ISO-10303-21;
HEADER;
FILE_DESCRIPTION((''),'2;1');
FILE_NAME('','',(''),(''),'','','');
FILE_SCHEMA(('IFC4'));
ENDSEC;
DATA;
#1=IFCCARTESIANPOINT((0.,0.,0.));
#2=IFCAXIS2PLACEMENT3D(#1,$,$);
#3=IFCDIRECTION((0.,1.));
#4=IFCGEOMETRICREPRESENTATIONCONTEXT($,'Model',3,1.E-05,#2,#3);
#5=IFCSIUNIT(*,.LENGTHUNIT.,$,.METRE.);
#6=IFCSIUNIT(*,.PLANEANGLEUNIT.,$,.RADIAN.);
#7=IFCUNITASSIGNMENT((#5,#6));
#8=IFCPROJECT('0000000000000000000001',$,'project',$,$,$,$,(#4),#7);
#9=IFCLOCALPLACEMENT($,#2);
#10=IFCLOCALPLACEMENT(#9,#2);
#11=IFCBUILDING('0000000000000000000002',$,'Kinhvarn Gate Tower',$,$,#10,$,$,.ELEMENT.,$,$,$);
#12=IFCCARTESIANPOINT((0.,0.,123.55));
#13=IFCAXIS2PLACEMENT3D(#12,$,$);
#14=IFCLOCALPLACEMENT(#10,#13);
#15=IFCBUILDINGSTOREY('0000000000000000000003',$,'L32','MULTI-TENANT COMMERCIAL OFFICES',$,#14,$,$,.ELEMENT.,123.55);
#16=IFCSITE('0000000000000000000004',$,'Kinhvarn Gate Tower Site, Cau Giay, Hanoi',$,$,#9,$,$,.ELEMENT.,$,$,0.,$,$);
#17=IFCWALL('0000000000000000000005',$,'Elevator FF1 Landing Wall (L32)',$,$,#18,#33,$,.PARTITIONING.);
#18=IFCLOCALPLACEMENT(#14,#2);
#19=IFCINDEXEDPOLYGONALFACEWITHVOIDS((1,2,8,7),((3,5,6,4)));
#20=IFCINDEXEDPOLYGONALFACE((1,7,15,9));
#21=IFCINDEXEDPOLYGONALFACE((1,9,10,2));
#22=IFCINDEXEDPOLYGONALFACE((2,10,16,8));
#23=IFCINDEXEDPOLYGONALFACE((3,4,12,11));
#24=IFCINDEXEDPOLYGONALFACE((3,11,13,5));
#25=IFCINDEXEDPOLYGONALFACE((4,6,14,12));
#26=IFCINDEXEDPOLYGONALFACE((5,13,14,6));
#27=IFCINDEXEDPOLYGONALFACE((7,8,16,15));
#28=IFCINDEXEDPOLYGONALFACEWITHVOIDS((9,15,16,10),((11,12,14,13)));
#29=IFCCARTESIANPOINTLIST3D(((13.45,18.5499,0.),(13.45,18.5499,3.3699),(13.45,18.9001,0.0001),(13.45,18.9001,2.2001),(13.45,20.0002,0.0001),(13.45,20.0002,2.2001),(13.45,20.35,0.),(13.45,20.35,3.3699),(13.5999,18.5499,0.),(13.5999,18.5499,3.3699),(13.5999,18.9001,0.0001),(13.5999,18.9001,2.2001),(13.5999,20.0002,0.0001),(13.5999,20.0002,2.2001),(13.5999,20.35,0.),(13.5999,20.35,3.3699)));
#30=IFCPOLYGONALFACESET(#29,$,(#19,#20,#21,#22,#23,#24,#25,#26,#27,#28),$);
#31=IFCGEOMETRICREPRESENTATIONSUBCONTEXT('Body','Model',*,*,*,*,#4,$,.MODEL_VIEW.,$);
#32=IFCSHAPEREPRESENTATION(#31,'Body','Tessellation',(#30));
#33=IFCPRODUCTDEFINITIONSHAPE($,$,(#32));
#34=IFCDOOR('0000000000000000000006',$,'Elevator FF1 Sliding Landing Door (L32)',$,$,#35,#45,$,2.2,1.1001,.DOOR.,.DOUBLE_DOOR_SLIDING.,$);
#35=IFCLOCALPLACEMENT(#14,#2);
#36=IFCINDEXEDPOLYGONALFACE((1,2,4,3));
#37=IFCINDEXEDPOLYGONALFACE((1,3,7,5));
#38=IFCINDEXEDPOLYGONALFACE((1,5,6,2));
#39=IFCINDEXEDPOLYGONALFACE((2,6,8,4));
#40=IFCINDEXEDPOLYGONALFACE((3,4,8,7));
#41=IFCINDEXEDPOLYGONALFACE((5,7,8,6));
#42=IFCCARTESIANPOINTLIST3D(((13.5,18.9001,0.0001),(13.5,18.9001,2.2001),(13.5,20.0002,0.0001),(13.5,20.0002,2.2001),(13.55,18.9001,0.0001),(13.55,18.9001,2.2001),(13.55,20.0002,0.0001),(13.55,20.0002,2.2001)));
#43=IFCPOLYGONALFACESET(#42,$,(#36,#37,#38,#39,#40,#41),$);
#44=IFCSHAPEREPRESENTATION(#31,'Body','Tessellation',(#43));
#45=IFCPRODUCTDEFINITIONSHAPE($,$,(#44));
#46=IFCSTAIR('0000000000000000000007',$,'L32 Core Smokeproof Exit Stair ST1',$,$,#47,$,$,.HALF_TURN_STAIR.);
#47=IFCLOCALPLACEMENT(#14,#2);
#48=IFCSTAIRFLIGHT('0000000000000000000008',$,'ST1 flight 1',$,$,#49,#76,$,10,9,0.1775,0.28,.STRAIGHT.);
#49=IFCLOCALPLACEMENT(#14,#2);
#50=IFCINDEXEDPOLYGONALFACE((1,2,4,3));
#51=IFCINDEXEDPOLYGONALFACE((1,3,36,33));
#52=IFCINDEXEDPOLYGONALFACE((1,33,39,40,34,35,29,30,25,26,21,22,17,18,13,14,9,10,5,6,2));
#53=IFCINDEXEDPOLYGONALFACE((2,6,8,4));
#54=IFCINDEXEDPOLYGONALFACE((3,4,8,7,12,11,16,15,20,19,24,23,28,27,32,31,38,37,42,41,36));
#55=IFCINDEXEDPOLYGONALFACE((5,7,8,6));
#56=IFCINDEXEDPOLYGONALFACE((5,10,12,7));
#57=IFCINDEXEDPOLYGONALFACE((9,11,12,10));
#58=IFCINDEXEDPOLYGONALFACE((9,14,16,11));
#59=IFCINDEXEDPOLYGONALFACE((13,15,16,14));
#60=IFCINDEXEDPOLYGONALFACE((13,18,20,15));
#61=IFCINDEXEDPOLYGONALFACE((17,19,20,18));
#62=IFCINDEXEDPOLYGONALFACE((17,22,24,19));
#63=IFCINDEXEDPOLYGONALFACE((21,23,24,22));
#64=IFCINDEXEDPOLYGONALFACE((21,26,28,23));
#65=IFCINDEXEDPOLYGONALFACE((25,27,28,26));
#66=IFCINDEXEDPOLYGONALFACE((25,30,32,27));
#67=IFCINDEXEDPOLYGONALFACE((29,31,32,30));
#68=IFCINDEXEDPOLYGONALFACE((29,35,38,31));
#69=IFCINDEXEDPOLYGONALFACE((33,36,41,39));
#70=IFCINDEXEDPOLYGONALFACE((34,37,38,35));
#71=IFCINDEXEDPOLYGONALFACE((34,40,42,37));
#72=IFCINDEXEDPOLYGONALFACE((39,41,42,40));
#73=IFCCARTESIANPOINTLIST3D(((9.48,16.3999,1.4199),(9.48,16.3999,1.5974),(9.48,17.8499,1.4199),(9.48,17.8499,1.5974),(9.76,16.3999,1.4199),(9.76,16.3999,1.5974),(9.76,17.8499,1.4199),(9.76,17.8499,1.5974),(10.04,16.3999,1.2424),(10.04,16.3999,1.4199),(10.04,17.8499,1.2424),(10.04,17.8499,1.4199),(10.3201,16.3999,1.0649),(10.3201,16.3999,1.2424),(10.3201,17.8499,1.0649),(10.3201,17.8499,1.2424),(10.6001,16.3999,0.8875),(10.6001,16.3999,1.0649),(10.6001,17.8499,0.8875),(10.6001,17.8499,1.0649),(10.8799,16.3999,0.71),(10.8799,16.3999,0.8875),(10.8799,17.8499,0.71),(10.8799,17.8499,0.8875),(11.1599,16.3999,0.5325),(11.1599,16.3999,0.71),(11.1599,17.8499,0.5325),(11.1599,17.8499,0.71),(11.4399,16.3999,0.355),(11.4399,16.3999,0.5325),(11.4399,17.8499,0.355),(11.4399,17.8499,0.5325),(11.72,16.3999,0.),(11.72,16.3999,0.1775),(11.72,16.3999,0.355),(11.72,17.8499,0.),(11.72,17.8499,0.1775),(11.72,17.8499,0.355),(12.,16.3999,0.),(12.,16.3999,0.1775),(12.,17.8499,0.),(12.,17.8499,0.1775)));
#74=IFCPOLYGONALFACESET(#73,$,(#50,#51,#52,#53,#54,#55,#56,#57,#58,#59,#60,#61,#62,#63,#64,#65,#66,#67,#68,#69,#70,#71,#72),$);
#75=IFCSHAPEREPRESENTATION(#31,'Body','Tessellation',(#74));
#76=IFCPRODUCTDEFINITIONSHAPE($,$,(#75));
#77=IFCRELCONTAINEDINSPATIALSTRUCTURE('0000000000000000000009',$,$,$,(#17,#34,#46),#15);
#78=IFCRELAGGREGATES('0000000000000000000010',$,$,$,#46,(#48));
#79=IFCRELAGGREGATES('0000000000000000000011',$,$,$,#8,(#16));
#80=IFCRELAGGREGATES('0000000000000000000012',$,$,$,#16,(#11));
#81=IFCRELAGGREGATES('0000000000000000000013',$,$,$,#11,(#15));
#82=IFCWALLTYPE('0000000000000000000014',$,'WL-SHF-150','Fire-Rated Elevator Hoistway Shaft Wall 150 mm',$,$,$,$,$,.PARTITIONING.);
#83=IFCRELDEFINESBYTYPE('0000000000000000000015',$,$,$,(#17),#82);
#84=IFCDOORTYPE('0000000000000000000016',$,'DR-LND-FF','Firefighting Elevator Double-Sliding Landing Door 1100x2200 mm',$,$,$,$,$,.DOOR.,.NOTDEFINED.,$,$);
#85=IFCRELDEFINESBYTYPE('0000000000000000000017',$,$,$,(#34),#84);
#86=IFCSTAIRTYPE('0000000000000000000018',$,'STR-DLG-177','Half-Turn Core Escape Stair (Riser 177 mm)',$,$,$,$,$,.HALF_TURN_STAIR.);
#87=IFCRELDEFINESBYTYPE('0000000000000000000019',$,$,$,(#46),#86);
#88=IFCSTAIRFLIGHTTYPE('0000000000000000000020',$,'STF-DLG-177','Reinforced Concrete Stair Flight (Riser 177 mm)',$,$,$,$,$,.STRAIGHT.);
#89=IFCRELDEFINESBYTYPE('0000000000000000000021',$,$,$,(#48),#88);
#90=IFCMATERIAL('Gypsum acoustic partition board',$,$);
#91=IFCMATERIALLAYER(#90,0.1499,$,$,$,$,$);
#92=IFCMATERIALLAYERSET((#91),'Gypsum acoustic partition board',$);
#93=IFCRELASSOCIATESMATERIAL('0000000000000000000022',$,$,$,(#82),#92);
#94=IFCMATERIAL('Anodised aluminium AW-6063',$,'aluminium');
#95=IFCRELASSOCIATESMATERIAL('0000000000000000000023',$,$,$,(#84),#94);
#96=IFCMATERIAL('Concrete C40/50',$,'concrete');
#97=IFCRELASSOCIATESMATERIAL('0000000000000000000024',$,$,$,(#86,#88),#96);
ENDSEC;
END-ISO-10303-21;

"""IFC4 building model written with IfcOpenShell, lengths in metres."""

from ifc_helpers import new_model, si_unit, direction, frame, frame_2d, origin, place, context, subcontext, project, spatial, polyline, rectangle, outline, extrude, material, layer, layer_set, type_object, element, fill, aggregate, save


model = new_model("IFC4")

# Units and contexts
model_context = context("Model", 3, precision=1e-05, world=origin(), true_north=direction((0.0, 1.0)))
body_context = subcontext(model_context, "Body", "Model", "MODEL_VIEW")
ifc_project = project(units=[si_unit("LENGTHUNIT", "METRE"), si_unit("PLANEANGLEUNIT", "RADIAN")], contexts=[model_context])

# Site, building, storey
site_placement = place(None, origin())
site = spatial("IfcSite", under=ifc_project, at=site_placement, Name="Kinhvarn Gate Tower Site, Cau Giay, Hanoi", CompositionType="ELEMENT", RefElevation=0.0)
building_placement = place(site_placement, origin())
building = spatial("IfcBuilding", under=site, at=building_placement, Name="Kinhvarn Gate Tower", CompositionType="ELEMENT")
storey_placement = place(building_placement, frame((0.0, 0.0, 123.55)))
storey = spatial("IfcBuildingStorey", under=building, at=storey_placement, Name="L32", Description="MULTI-TENANT COMMERCIAL OFFICES", CompositionType="ELEMENT", Elevation=123.55)

# Shared definitions
ifc_material_1 = material(Name="Anodised aluminium AW-6063", Category="aluminium")

# Shared definitions
ifc_material_2 = material(Name="Gypsum acoustic partition board")

# Shared definitions
ifc_layer_1 = layer(ifc_material_2, 0.1499)
ifc_layer_set_1 = layer_set([ifc_layer_1], Name="Gypsum acoustic partition board")
wall_type_1 = type_object("IfcWallType", Name="WL-SHF-150", Description="Fire-Rated Elevator Hoistway Shaft Wall 150 mm", PredefinedType="PARTITIONING", material=ifc_layer_set_1)

# Wall, opening, door
wall_1_placement = place(storey_placement, frame((13.5249, 18.55, 0.0), z_axis=(0.0, 0.0, 1.0), x_axis=(0.0, 1.0, 0.0)))
wall_1 = element("IfcWall", 1, at=wall_1_placement, inside=storey, type_object=wall_type_1, Name="Elevator FF1 Landing Wall (L32)", PredefinedType="PARTITIONING", context=body_context, shape_type="SweptSolid", body=[
    extrude(rectangle(XDim=1.8, YDim=0.1499, at=frame_2d((0.8999, 0.0))), origin(), (0.0, 0.0, 1.0), 3.3699),
])
opening_1_placement = place(wall_1_placement, frame((0.3501, 0.0, 0.0)))
opening_1 = element("IfcOpeningElement", 2, at=opening_1_placement, cuts=wall_1, PredefinedType="OPENING", context=body_context, shape_type="SweptSolid", body=[
    extrude(rectangle(XDim=1.1001, YDim=2.2, at=frame_2d((0.55, 1.1001))), frame((0.0, 0.085, 0.0), z_axis=(0.0, -1.0, 0.0), x_axis=(1.0, 0.0, 0.0)), (0.0, 0.0, 1.0), 0.1699),
])
door_type_1 = type_object("IfcDoorType", Name="DR-LND-FF", Description="Firefighting Elevator Double-Sliding Landing Door 1100x2200 mm", OperationType="NOTDEFINED", PredefinedType="DOOR", material=ifc_material_1)
door_1_placement = place(opening_1_placement, origin())
door_1 = element("IfcDoor", 3, at=door_1_placement, inside=storey, type_object=door_type_1, Name="Elevator FF1 Sliding Landing Door (L32)", OperationType="DOUBLE_DOOR_SLIDING", OverallHeight=2.2, OverallWidth=1.1001, PredefinedType="DOOR", context=body_context, shape_type="SweptSolid", body=[
    extrude(rectangle(XDim=1.1001, YDim=2.2, at=frame_2d((0.55, 1.1001))), frame((0.0, 0.0249, 0.0), z_axis=(0.0, -1.0, 0.0), x_axis=(1.0, 0.0, 0.0)), (0.0, 0.0, 1.0), 0.05),
])
fill(opening_1, door_1)
ifc_material_3 = material(Name="Concrete C40/50", Category="concrete")

# Stair, stair flight
stair_type = type_object("IfcStairType", Name="STR-DLG-177", Description="Half-Turn Core Escape Stair (Riser 177 mm)", PredefinedType="HALF_TURN_STAIR", material=ifc_material_3)
stair_placement = place(storey_placement, origin())
stair = element("IfcStair", 4, at=stair_placement, inside=storey, type_object=stair_type, Name="L32 Core Smokeproof Exit Stair ST1", PredefinedType="HALF_TURN_STAIR")
stair_flight_type = type_object("IfcStairFlightType", Name="STF-DLG-177", Description="Reinforced Concrete Stair Flight (Riser 177 mm)", PredefinedType="STRAIGHT", material=ifc_material_3)
stair_flight_placement = place(storey_placement, frame((12.0, 17.125, 0.0), z_axis=(0.0, 0.0, 1.0), x_axis=(-1.0, 0.0, 0.0)))
stair_flight = element("IfcStairFlight", 5, at=stair_flight_placement, type_object=stair_flight_type, Name="ST1 flight 1", NumberOfRisers=10, NumberOfTreads=9, PredefinedType="STRAIGHT", RiserHeight=0.1775, TreadLength=0.28, context=body_context, shape_type="SweptSolid", body=[
    extrude(outline(polyline([(0.0, 0.0), (0.0, 0.1775), (0.28, 0.1775), (0.28, 0.355), (0.5601, 0.355), (0.5601, 0.5325), (0.8401, 0.5325), (0.8401, 0.71), (1.1201, 0.71), (1.1201, 0.8875), (1.3999, 0.8875), (1.3999, 1.0649), (1.6799, 1.0649), (1.6799, 1.2424), (1.96, 1.2424), (1.96, 1.4199), (2.24, 1.4199), (2.24, 1.5974), (2.52, 1.5974), (2.52, 1.7749), (2.52, 1.4199), (0.28, 0.0), (0.0, 0.0)])), frame((0.0, 0.7251, 0.0), z_axis=(0.0, -1.0, 0.0), x_axis=(1.0, 0.0, 0.0)), (0.0, 0.0, 1.0), 1.45),
])
aggregate(stair, [stair_flight])

save(model, "model.ifc")
